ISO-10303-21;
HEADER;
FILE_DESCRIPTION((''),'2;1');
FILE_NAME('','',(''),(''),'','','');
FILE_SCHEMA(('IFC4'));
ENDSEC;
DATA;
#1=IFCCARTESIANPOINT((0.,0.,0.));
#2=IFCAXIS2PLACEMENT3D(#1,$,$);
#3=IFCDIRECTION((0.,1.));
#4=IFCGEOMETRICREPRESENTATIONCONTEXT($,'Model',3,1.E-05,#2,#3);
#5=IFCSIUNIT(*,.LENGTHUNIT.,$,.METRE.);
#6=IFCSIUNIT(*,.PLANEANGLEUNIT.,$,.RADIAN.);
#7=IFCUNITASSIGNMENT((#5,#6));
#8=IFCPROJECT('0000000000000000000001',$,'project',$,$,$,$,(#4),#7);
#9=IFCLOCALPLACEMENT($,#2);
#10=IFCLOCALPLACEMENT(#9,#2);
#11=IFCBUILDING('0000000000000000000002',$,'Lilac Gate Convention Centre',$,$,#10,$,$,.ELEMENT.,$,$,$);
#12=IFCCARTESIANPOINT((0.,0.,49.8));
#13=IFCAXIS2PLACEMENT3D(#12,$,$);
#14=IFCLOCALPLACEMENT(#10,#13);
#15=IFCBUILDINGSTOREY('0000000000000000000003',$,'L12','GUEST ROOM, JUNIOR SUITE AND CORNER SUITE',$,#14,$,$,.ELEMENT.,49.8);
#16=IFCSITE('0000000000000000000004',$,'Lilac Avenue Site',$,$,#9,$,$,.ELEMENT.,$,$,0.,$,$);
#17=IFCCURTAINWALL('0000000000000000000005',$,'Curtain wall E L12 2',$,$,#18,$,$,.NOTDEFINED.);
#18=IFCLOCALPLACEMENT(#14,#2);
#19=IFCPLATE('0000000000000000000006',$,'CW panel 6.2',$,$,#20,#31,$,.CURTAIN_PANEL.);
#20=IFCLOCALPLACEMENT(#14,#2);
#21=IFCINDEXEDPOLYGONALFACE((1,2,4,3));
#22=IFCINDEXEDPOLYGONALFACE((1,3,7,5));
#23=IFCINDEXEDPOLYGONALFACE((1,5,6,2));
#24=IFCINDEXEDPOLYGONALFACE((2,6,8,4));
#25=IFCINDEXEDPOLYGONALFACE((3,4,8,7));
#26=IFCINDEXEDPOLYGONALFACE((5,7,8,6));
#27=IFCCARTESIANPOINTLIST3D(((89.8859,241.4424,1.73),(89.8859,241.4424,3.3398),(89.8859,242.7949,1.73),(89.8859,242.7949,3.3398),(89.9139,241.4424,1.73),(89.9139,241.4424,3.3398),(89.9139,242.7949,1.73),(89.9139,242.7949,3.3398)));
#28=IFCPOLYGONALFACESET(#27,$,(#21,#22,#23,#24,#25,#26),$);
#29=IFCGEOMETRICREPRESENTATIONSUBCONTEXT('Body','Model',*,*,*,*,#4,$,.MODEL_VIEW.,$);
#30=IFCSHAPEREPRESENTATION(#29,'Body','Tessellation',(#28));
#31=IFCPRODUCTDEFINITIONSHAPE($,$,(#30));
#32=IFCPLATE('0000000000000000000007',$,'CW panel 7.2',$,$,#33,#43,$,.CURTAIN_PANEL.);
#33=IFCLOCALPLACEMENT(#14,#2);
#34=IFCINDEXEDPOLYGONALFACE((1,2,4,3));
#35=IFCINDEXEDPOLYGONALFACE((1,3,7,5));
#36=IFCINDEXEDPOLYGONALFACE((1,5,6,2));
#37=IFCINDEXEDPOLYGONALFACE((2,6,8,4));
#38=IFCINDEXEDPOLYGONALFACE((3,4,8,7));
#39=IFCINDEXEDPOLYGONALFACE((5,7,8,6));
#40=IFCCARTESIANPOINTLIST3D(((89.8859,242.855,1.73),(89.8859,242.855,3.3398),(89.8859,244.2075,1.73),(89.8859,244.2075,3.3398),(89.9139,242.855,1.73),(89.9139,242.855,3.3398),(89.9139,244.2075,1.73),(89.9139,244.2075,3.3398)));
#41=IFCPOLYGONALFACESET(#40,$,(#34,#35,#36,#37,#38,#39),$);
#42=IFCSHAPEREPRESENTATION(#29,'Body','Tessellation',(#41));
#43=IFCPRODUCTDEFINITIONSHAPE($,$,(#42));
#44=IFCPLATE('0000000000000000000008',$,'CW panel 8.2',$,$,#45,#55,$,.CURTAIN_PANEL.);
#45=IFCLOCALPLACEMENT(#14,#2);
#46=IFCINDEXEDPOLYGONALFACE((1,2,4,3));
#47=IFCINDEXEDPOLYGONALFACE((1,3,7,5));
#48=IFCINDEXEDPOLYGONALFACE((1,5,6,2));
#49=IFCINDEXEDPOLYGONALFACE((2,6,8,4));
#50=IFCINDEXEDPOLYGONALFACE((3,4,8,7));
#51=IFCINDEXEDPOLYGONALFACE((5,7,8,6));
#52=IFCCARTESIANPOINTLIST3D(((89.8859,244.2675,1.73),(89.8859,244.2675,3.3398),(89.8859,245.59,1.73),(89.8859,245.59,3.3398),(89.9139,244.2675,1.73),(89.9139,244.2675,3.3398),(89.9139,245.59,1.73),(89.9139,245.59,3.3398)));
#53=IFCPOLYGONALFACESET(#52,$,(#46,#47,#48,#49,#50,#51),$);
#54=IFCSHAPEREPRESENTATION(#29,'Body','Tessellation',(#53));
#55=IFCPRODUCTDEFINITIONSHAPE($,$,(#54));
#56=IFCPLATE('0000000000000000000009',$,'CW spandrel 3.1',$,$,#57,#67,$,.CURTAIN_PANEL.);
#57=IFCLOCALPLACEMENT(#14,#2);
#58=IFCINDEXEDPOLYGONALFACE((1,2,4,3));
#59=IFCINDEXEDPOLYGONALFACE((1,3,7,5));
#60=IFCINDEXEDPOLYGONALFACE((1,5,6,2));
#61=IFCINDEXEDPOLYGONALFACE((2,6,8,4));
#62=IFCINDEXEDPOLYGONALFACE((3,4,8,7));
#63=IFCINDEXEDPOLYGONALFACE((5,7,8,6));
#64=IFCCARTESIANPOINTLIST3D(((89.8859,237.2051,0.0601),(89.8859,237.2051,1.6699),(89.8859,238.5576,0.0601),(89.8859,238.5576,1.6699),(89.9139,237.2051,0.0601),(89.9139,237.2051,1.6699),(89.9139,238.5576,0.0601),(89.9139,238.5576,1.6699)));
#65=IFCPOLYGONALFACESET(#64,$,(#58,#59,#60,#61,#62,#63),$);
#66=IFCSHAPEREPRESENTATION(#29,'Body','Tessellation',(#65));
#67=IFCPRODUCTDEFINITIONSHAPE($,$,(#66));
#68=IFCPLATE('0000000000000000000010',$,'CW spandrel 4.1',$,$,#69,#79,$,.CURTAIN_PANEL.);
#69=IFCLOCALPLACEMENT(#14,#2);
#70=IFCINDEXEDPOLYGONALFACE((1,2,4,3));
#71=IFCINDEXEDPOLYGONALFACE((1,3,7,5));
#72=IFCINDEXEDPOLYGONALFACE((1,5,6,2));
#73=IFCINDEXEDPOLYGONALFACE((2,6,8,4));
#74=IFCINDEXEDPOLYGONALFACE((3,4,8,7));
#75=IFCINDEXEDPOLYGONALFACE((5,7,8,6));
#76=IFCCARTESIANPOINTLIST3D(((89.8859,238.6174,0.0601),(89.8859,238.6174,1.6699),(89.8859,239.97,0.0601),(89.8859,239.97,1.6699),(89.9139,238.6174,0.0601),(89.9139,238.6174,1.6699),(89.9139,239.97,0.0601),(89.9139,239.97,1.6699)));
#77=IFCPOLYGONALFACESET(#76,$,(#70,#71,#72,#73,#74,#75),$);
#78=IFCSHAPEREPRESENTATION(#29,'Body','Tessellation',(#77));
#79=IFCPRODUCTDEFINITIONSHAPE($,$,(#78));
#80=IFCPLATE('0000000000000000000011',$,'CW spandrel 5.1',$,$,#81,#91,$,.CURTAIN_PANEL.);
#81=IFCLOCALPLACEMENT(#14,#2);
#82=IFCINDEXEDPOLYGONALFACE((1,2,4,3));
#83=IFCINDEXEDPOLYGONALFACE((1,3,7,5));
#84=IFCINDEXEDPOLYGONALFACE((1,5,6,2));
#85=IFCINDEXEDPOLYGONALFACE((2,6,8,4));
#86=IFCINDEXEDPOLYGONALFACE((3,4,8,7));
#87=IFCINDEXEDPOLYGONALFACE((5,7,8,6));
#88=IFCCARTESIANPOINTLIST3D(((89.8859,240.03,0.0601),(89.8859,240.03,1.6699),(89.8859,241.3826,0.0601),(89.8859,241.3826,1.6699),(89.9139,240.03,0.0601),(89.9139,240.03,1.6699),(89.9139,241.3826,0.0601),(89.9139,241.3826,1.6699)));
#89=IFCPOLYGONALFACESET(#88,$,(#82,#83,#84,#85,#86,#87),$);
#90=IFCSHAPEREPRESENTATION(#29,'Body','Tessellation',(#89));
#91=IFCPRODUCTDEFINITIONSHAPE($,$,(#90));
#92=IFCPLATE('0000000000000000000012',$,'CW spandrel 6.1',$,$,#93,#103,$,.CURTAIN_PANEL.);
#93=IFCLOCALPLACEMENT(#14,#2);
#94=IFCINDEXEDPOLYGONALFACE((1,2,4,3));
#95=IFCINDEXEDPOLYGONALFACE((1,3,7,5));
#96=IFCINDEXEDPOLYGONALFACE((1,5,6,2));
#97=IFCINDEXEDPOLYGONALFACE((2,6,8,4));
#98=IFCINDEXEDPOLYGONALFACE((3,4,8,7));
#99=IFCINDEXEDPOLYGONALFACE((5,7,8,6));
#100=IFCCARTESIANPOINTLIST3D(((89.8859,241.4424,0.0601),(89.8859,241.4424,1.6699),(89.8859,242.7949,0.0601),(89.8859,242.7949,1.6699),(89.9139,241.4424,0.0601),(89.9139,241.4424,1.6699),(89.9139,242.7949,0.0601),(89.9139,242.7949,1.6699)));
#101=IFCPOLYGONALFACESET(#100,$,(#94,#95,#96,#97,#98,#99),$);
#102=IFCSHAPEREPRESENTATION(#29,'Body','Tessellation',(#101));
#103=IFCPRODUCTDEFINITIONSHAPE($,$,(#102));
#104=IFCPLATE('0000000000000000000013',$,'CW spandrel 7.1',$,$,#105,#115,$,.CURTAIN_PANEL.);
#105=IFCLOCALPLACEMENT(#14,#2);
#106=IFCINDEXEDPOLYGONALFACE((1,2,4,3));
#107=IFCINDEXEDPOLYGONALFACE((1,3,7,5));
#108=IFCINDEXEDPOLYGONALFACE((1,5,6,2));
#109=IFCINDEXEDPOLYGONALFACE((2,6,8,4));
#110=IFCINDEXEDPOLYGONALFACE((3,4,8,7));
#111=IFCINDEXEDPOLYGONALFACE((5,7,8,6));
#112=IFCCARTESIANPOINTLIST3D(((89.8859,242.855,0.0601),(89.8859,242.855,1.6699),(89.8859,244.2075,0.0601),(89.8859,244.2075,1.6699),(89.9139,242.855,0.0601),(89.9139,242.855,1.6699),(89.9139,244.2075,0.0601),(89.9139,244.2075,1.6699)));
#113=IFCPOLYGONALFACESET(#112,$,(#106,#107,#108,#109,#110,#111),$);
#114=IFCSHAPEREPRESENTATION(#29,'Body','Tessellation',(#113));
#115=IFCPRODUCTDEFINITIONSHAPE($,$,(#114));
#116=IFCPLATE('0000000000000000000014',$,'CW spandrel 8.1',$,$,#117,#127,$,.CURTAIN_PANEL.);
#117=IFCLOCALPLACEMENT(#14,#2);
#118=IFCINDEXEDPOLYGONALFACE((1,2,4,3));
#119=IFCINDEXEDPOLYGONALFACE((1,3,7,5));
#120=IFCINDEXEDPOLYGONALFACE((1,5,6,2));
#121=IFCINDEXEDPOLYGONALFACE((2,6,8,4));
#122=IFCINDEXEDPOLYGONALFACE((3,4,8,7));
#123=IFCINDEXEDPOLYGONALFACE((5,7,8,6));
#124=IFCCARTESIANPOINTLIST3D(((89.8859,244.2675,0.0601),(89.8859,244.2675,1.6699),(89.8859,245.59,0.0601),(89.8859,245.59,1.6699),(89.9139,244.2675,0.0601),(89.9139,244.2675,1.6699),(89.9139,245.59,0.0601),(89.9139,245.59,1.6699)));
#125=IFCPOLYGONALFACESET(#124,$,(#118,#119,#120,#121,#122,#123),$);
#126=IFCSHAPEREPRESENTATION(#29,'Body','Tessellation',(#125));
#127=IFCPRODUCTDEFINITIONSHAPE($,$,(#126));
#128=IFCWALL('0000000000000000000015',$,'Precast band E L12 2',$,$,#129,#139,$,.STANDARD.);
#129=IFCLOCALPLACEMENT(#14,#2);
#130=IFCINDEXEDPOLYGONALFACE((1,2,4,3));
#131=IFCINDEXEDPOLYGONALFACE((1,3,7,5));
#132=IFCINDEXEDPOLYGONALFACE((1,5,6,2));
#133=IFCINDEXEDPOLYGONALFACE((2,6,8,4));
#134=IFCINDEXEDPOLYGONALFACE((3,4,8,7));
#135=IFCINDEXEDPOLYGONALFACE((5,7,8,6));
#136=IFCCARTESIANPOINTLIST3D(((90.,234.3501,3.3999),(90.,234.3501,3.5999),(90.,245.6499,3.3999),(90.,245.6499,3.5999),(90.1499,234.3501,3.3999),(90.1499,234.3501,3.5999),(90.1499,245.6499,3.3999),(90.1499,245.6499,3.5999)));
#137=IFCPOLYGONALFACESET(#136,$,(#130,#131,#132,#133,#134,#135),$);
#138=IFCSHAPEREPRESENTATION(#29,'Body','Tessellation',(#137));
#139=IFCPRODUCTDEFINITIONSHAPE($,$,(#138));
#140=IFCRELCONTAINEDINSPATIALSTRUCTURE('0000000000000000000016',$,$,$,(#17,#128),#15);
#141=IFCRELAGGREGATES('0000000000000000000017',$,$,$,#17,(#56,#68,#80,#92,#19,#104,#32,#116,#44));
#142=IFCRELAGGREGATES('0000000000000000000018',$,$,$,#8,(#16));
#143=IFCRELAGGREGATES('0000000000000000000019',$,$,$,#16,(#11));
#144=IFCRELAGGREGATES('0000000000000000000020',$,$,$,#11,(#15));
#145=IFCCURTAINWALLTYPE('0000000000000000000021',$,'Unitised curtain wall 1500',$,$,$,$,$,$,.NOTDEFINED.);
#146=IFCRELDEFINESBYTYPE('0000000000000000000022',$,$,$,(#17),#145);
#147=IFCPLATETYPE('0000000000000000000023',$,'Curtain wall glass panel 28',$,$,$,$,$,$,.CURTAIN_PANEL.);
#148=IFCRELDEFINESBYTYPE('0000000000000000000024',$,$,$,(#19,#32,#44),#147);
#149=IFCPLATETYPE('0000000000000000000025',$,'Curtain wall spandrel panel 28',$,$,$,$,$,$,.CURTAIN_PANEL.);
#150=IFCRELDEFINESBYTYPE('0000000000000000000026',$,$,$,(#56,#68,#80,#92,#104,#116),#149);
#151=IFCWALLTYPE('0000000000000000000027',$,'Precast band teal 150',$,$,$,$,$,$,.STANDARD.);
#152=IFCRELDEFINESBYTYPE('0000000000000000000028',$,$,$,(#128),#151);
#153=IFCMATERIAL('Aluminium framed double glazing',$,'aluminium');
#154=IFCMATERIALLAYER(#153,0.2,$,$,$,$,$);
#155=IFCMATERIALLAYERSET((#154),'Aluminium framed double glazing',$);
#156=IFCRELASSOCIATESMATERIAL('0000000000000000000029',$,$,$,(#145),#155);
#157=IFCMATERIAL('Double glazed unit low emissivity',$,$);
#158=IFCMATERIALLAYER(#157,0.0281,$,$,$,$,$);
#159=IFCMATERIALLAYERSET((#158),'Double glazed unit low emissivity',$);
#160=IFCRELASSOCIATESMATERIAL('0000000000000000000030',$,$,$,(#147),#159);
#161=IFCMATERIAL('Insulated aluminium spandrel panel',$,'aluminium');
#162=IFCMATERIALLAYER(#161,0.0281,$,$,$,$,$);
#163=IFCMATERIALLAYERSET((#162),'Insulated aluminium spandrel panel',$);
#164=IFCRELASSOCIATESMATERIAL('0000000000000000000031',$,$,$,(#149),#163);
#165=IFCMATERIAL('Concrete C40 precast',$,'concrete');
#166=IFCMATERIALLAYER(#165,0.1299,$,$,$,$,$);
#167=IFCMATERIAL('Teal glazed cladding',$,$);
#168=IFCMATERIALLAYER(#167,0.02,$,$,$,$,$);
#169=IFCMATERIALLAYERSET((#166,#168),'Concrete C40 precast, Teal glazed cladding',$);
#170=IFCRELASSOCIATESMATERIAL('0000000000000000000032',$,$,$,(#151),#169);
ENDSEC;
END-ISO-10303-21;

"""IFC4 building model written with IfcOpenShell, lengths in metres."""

from ifc_helpers import new_model, si_unit, direction, frame, frame_2d, origin, origin_2d, place, context, subcontext, project, spatial, rectangle, extrude, material, layer, layer_set, type_object, element, aggregate, save


model = new_model("IFC4")

# Units and contexts
model_context = context("Model", 3, precision=1e-05, world=origin(), true_north=direction((0.0, 1.0)))
body_context = subcontext(model_context, "Body", "Model", "MODEL_VIEW")
ifc_project = project(units=[si_unit("LENGTHUNIT", "METRE"), si_unit("PLANEANGLEUNIT", "RADIAN")], contexts=[model_context])

# Site, building, storey
site_placement = place(None, origin())
site = spatial("IfcSite", under=ifc_project, at=site_placement, Name="Lilac Avenue Site", CompositionType="ELEMENT", RefElevation=0.0)
building_placement = place(site_placement, origin())
building = spatial("IfcBuilding", under=site, at=building_placement, Name="Lilac Gate Convention Centre", CompositionType="ELEMENT")
storey_placement = place(building_placement, frame((0.0, 0.0, 49.8)))
storey = spatial("IfcBuildingStorey", under=building, at=storey_placement, Name="L12", Description="GUEST ROOM, JUNIOR SUITE AND CORNER SUITE", CompositionType="ELEMENT", Elevation=49.8)

# Curtain wall
ifc_material_1 = material(Name="Aluminium framed double glazing", Category="aluminium")
ifc_layer_1 = layer(ifc_material_1, 0.2)
ifc_layer_set_1 = layer_set([ifc_layer_1], Name="Aluminium framed double glazing")
curtain_wall_type = type_object("IfcCurtainWallType", Name="Unitised curtain wall 1500", PredefinedType="NOTDEFINED", material=ifc_layer_set_1)
curtain_wall_placement = place(storey_placement, origin())
curtain_wall = element("IfcCurtainWall", 1, at=curtain_wall_placement, inside=storey, type_object=curtain_wall_type, Name="Curtain wall E L12 2", PredefinedType="NOTDEFINED")

# Plates
ifc_material_2 = material(Name="Double glazed unit low emissivity")
ifc_layer_2 = layer(ifc_material_2, 0.0281)
ifc_layer_set_2 = layer_set([ifc_layer_2], Name="Double glazed unit low emissivity")
plate_type_1 = type_object("IfcPlateType", Name="Curtain wall glass panel 28", PredefinedType="CURTAIN_PANEL", material=ifc_layer_set_2)
plate_1_placement = place(storey_placement, frame((89.8999, 242.1187, 1.73), z_axis=(0.0, 0.0, 1.0), x_axis=(0.0, 1.0, 0.0)))
plate_1 = element("IfcPlate", 2, at=plate_1_placement, type_object=plate_type_1, Name="CW panel 6.2", PredefinedType="CURTAIN_PANEL", context=body_context, shape_type="SweptSolid", body=[
    extrude(rectangle(XDim=1.3525, YDim=0.0281, at=origin_2d()), origin(), (0.0, 0.0, 1.0), 1.6099),
])
plate_2_placement = place(storey_placement, frame((89.8999, 243.5312, 1.73), z_axis=(0.0, 0.0, 1.0), x_axis=(0.0, 1.0, 0.0)))
plate_2 = element("IfcPlate", 3, at=plate_2_placement, type_object=plate_type_1, Name="CW panel 7.2", PredefinedType="CURTAIN_PANEL", context=body_context, shape_type="SweptSolid", body=[
    extrude(rectangle(XDim=1.3525, YDim=0.0281, at=origin_2d()), origin(), (0.0, 0.0, 1.0), 1.6099),
])
plate_3_placement = place(storey_placement, frame((89.8999, 244.9287, 1.73), z_axis=(0.0, 0.0, 1.0), x_axis=(0.0, 1.0, 0.0)))
plate_3 = element("IfcPlate", 4, at=plate_3_placement, type_object=plate_type_1, Name="CW panel 8.2", PredefinedType="CURTAIN_PANEL", context=body_context, shape_type="SweptSolid", body=[
    extrude(rectangle(XDim=1.3225, YDim=0.0281, at=origin_2d()), origin(), (0.0, 0.0, 1.0), 1.6099),
])
ifc_material_3 = material(Name="Insulated aluminium spandrel panel", Category="aluminium")
ifc_layer_3 = layer(ifc_material_3, 0.0281)
ifc_layer_set_3 = layer_set([ifc_layer_3], Name="Insulated aluminium spandrel panel")
plate_type_2 = type_object("IfcPlateType", Name="Curtain wall spandrel panel 28", PredefinedType="CURTAIN_PANEL", material=ifc_layer_set_3)
plate_4_placement = place(storey_placement, frame((89.8999, 237.8813, 0.0601), z_axis=(0.0, 0.0, 1.0), x_axis=(0.0, 1.0, 0.0)))
plate_4 = element("IfcPlate", 5, at=plate_4_placement, type_object=plate_type_2, Name="CW spandrel 3.1", PredefinedType="CURTAIN_PANEL", context=body_context, shape_type="SweptSolid", body=[
    extrude(rectangle(XDim=1.3525, YDim=0.0281, at=origin_2d()), origin(), (0.0, 0.0, 1.0), 1.6099),
])
plate_5_placement = place(storey_placement, frame((89.8999, 239.2937, 0.0601), z_axis=(0.0, 0.0, 1.0), x_axis=(0.0, 1.0, 0.0)))
plate_5 = element("IfcPlate", 6, at=plate_5_placement, type_object=plate_type_2, Name="CW spandrel 4.1", PredefinedType="CURTAIN_PANEL", context=body_context, shape_type="SweptSolid", body=[
    extrude(rectangle(XDim=1.3525, YDim=0.0281, at=origin_2d()), origin(), (0.0, 0.0, 1.0), 1.6099),
])
plate_6_placement = place(storey_placement, frame((89.8999, 240.7063, 0.0601), z_axis=(0.0, 0.0, 1.0), x_axis=(0.0, 1.0, 0.0)))
plate_6 = element("IfcPlate", 7, at=plate_6_placement, type_object=plate_type_2, Name="CW spandrel 5.1", PredefinedType="CURTAIN_PANEL", context=body_context, shape_type="SweptSolid", body=[
    extrude(rectangle(XDim=1.3525, YDim=0.0281, at=origin_2d()), origin(), (0.0, 0.0, 1.0), 1.6099),
])
plate_7_placement = place(storey_placement, frame((89.8999, 242.1187, 0.0601), z_axis=(0.0, 0.0, 1.0), x_axis=(0.0, 1.0, 0.0)))
plate_7 = element("IfcPlate", 8, at=plate_7_placement, type_object=plate_type_2, Name="CW spandrel 6.1", PredefinedType="CURTAIN_PANEL", context=body_context, shape_type="SweptSolid", body=[
    extrude(rectangle(XDim=1.3525, YDim=0.0281, at=origin_2d()), origin(), (0.0, 0.0, 1.0), 1.6099),
])
plate_8_placement = place(storey_placement, frame((89.8999, 243.5312, 0.0601), z_axis=(0.0, 0.0, 1.0), x_axis=(0.0, 1.0, 0.0)))
plate_8 = element("IfcPlate", 9, at=plate_8_placement, type_object=plate_type_2, Name="CW spandrel 7.1", PredefinedType="CURTAIN_PANEL", context=body_context, shape_type="SweptSolid", body=[
    extrude(rectangle(XDim=1.3525, YDim=0.0281, at=origin_2d()), origin(), (0.0, 0.0, 1.0), 1.6099),
])
plate_9_placement = place(storey_placement, frame((89.8999, 244.9287, 0.0601), z_axis=(0.0, 0.0, 1.0), x_axis=(0.0, 1.0, 0.0)))
plate_9 = element("IfcPlate", 10, at=plate_9_placement, type_object=plate_type_2, Name="CW spandrel 8.1", PredefinedType="CURTAIN_PANEL", context=body_context, shape_type="SweptSolid", body=[
    extrude(rectangle(XDim=1.3225, YDim=0.0281, at=origin_2d()), origin(), (0.0, 0.0, 1.0), 1.6099),
])
aggregate(curtain_wall, [plate_4, plate_5, plate_6, plate_7, plate_1, plate_8, plate_2, plate_9, plate_3])

# Wall
ifc_material_4 = material(Name="Concrete C40 precast", Category="concrete")
ifc_layer_4 = layer(ifc_material_4, 0.1299)
ifc_material_5 = material(Name="Teal glazed cladding")
ifc_layer_5 = layer(ifc_material_5, 0.02)
ifc_layer_set_4 = layer_set([ifc_layer_4, ifc_layer_5], Name="Concrete C40 precast, Teal glazed cladding")
wall_type = type_object("IfcWallType", Name="Precast band teal 150", PredefinedType="STANDARD", material=ifc_layer_set_4)
wall_placement = place(storey_placement, frame((90.075, 234.3501, 3.3999), z_axis=(0.0, 0.0, 1.0), x_axis=(0.0, 1.0, 0.0)))
element("IfcWall", 11, at=wall_placement, inside=storey, type_object=wall_type, Name="Precast band E L12 2", PredefinedType="STANDARD", context=body_context, shape_type="SweptSolid", body=[
    extrude(rectangle(XDim=11.2998, YDim=0.1499, at=frame_2d((5.6499, 0.0))), origin(), (0.0, 0.0, 1.0), 0.2),
])

save(model, "model.ifc")
